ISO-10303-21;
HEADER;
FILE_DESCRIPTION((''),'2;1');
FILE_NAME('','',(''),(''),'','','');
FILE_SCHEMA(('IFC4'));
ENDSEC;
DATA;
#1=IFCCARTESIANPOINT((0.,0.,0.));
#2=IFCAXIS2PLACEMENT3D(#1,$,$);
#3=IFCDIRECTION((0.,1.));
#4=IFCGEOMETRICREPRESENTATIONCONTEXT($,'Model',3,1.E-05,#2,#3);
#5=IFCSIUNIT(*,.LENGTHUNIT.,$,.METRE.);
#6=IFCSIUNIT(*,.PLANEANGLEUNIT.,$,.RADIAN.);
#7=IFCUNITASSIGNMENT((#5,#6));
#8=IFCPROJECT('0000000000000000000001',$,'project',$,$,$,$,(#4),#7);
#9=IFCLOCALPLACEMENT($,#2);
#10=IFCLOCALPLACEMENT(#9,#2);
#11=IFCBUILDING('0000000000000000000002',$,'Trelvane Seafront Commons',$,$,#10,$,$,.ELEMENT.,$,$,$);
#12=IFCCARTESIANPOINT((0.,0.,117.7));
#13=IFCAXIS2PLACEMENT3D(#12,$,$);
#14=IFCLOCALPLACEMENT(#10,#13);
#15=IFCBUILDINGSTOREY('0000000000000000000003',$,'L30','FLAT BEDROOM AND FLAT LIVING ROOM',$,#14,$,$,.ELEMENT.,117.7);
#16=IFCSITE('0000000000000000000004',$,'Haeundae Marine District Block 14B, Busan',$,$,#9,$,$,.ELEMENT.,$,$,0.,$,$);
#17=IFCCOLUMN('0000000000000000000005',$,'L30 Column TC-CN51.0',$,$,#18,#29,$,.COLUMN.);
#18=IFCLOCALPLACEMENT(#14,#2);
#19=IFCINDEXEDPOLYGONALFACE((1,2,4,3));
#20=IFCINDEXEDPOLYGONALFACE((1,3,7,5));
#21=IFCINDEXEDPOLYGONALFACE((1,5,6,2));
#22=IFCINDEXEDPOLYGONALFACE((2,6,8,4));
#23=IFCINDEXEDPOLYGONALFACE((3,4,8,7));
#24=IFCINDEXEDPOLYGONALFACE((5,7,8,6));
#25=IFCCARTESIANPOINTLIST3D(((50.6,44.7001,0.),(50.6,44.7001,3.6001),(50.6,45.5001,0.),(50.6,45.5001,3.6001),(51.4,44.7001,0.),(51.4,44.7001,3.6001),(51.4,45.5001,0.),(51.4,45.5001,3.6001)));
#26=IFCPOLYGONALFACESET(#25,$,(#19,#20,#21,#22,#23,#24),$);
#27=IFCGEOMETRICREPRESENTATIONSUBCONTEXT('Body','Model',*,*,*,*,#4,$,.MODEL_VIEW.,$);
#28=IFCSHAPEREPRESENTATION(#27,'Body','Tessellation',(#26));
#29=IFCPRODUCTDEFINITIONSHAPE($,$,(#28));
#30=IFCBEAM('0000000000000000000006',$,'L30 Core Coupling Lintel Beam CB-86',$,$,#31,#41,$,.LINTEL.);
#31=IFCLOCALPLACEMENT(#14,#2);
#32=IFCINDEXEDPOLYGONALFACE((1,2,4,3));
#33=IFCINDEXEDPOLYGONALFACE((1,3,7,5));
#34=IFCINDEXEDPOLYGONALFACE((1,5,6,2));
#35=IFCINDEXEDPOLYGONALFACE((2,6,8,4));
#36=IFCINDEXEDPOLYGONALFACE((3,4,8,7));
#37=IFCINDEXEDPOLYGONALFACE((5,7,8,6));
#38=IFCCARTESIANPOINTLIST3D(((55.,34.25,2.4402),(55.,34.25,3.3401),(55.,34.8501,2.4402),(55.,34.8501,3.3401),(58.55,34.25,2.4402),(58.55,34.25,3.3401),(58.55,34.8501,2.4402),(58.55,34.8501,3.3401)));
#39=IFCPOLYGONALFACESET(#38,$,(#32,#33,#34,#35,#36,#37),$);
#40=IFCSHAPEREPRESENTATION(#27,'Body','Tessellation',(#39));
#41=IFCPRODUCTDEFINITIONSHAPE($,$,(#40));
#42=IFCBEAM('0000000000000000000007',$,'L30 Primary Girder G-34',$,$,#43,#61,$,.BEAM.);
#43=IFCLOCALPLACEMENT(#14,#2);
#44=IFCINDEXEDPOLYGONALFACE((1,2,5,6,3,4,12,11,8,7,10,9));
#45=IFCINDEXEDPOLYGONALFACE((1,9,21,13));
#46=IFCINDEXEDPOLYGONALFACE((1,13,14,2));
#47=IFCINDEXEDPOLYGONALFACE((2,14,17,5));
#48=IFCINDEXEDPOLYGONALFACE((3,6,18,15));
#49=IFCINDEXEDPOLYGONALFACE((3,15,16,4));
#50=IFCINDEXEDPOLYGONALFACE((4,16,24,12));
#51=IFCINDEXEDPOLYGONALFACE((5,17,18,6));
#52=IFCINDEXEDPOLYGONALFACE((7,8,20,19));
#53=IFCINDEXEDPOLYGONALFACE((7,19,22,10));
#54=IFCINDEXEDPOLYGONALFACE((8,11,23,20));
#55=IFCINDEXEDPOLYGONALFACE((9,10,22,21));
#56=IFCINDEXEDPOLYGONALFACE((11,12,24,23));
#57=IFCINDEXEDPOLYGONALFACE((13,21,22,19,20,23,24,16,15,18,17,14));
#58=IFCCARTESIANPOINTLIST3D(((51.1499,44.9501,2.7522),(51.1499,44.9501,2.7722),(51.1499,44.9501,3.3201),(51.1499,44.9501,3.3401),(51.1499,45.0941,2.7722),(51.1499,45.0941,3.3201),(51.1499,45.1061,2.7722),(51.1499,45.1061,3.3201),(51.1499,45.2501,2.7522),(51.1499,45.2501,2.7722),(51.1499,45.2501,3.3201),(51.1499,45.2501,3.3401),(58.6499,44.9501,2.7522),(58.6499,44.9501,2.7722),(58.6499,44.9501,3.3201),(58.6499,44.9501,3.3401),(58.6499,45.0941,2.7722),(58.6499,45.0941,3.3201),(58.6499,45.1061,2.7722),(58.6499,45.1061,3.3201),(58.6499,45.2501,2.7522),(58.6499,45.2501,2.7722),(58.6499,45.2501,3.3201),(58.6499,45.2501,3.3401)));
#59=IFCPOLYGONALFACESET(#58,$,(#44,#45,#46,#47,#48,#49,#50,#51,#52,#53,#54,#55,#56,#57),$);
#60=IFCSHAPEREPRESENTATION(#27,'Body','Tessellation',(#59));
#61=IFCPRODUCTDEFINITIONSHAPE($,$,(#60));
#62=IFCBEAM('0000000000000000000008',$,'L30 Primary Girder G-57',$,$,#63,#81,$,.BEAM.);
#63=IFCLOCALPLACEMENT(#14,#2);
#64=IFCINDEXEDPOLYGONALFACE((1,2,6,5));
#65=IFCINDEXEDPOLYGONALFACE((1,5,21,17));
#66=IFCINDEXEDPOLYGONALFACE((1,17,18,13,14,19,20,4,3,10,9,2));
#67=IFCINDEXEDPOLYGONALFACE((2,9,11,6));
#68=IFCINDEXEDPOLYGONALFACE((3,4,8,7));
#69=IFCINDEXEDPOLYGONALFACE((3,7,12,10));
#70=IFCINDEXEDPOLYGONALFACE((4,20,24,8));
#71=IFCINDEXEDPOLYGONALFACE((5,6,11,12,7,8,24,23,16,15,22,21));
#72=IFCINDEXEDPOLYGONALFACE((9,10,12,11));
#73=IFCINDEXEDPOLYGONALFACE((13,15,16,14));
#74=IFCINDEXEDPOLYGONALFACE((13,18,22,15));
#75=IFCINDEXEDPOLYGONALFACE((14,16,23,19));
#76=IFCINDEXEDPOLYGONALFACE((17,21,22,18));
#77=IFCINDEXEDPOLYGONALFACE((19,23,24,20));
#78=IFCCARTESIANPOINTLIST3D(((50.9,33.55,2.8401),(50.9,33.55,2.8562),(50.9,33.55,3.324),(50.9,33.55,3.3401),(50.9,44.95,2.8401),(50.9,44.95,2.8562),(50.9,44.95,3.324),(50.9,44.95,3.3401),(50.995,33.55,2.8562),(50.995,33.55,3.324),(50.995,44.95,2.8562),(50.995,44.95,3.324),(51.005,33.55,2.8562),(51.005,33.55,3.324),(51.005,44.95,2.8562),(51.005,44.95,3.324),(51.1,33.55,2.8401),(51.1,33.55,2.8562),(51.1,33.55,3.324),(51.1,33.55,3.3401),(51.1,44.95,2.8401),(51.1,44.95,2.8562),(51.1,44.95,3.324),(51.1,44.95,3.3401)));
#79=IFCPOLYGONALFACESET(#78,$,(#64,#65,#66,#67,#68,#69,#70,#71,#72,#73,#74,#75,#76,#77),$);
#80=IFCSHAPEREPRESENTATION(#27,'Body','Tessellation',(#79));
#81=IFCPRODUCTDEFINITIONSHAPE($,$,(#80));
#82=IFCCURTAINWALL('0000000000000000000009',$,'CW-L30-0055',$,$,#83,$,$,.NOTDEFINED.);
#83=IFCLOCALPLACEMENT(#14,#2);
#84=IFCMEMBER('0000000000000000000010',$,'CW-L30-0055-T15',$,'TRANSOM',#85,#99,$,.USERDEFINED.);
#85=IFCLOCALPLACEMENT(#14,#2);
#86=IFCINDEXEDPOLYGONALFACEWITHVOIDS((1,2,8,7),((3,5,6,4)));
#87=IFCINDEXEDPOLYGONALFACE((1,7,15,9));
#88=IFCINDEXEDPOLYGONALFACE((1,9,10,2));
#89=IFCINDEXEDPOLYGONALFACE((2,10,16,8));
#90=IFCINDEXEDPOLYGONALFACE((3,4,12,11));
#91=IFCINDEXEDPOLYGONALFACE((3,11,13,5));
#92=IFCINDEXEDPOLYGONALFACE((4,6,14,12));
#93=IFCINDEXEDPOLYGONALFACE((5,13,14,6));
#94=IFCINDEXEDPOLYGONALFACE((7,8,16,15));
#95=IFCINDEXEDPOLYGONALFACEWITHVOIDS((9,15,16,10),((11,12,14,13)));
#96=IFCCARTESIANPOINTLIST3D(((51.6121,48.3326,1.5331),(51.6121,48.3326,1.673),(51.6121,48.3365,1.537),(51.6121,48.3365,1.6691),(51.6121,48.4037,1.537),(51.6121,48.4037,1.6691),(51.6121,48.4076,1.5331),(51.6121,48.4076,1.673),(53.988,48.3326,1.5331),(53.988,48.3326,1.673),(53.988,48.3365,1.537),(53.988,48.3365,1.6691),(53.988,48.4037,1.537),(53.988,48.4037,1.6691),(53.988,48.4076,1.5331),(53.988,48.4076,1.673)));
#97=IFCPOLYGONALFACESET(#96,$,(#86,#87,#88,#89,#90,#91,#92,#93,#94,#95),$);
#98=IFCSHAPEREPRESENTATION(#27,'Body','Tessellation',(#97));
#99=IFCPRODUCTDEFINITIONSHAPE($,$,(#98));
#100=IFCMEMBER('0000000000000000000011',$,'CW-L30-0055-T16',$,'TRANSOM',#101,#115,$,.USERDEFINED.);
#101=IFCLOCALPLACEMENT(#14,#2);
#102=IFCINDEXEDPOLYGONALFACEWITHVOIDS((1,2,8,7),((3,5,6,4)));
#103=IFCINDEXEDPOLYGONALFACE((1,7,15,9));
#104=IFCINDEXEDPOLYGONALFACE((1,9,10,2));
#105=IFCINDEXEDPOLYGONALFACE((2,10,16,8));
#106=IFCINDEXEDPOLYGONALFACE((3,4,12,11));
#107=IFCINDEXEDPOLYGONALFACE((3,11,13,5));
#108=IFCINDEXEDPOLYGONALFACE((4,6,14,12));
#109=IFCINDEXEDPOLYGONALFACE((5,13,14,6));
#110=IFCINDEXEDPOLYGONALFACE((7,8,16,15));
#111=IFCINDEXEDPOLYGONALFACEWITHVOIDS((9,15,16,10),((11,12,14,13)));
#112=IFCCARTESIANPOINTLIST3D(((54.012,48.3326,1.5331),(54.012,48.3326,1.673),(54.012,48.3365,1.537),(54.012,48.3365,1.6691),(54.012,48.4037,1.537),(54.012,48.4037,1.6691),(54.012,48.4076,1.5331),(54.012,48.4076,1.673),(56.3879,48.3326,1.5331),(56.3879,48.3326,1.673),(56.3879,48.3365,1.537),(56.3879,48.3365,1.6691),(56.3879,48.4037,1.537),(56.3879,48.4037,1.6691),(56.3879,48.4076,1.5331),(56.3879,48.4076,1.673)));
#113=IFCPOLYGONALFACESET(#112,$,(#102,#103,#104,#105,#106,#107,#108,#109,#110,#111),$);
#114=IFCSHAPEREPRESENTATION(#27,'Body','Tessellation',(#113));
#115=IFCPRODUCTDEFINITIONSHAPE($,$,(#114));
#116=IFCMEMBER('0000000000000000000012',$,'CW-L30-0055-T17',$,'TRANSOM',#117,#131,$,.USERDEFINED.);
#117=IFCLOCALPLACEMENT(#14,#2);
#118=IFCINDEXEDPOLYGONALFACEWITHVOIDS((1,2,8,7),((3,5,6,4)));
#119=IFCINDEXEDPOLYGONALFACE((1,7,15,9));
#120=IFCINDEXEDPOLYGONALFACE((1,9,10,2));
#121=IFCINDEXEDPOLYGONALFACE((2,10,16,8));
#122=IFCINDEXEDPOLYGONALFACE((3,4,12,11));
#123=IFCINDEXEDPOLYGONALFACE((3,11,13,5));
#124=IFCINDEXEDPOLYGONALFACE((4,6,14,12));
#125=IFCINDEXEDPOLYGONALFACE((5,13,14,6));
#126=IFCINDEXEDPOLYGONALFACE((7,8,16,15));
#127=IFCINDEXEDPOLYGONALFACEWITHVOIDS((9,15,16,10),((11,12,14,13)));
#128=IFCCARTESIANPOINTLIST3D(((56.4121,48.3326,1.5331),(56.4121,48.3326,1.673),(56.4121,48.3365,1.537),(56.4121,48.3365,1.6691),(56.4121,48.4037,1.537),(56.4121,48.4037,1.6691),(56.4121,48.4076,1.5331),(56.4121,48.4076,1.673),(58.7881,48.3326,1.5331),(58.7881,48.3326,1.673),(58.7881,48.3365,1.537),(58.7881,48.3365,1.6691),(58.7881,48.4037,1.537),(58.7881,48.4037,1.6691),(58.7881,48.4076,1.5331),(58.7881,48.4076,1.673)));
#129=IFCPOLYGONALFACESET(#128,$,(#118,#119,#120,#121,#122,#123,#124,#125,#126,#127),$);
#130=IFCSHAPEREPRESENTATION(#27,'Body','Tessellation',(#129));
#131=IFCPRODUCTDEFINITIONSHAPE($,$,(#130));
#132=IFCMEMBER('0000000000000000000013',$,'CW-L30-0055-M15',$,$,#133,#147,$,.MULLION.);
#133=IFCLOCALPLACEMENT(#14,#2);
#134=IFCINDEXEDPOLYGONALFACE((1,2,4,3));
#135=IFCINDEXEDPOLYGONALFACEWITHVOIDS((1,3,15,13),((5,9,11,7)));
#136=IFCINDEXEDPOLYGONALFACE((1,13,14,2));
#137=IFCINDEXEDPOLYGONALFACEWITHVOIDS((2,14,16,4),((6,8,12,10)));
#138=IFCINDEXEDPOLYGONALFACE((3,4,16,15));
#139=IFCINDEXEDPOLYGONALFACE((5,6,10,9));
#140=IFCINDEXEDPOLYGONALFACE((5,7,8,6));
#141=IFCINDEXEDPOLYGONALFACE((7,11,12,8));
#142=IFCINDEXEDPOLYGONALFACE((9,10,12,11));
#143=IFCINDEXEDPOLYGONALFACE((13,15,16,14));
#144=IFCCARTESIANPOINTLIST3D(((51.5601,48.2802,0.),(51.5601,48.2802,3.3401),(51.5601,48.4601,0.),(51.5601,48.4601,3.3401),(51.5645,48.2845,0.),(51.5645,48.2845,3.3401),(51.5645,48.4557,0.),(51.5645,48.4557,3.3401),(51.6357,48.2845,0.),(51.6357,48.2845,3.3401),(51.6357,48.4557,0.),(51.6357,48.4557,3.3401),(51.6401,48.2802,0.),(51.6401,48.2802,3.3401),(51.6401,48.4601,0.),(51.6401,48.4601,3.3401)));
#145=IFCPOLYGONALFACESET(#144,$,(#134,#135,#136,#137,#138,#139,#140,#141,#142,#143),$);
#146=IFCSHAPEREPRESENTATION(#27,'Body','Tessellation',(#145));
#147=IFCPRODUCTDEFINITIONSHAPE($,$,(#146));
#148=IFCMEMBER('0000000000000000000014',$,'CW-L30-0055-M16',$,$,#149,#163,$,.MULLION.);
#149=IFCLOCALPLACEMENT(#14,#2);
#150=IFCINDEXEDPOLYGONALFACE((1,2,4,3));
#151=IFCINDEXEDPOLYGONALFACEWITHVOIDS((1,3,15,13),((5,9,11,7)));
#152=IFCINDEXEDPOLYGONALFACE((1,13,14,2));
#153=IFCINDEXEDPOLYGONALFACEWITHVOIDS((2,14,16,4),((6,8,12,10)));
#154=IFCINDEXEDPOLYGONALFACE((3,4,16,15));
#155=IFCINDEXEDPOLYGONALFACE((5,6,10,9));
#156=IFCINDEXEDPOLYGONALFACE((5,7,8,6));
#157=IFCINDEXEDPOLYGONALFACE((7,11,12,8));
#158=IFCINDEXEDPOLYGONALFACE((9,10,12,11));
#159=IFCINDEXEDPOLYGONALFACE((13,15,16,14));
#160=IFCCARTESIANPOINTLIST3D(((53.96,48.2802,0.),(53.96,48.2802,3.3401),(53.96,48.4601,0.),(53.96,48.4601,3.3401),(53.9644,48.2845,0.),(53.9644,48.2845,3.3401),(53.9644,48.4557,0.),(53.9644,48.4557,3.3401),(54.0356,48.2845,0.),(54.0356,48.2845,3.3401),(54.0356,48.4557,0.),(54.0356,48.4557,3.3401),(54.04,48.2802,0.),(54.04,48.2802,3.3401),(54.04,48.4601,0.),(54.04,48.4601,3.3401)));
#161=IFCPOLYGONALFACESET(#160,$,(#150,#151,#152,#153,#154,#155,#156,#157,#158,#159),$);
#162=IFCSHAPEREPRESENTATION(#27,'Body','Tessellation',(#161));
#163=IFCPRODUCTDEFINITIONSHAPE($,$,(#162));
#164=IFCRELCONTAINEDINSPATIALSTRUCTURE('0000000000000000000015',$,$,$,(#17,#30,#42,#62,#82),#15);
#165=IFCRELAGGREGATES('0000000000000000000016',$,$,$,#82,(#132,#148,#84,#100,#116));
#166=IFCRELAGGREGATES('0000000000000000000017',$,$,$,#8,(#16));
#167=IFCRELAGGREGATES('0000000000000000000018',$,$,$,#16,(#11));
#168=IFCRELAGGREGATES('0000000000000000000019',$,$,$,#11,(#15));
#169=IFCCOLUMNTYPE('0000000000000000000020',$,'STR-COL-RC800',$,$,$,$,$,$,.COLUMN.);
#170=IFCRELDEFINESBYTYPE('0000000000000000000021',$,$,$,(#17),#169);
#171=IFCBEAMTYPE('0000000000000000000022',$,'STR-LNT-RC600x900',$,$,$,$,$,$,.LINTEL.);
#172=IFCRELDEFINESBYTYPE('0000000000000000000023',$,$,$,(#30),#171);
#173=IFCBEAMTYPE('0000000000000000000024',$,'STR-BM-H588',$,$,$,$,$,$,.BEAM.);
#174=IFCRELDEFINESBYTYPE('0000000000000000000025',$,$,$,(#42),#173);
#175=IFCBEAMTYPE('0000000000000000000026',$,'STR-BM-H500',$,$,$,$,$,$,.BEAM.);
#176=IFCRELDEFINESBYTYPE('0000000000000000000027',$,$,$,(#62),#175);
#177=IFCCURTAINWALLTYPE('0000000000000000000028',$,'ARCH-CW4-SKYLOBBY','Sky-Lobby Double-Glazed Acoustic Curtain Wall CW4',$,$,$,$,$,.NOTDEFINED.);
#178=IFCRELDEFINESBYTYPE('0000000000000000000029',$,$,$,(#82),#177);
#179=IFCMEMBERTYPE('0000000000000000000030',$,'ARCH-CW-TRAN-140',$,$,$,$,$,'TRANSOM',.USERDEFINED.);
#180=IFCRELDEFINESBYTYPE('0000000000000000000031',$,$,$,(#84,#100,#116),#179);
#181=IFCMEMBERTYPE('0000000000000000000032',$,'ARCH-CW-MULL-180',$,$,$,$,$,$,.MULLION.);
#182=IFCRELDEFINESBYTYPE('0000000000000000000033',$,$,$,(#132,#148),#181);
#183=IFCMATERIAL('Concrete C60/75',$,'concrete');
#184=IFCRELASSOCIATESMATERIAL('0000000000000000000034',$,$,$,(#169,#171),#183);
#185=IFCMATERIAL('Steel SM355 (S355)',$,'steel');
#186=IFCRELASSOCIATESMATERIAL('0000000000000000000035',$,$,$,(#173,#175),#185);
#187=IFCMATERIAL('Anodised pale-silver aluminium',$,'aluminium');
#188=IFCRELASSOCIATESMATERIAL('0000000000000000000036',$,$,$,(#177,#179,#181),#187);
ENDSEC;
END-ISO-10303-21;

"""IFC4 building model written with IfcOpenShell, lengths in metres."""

from ifc_helpers import new_model, si_unit, direction, frame, origin, origin_2d, place, context, subcontext, project, spatial, rectangle, hollow_rectangle, i_section, extrude, source, transform, mapped, material, material_profile, profile_set, type_object, element, aggregate, save


model = new_model("IFC4")

# Units and contexts
model_context = context("Model", 3, precision=1e-05, world=origin(), true_north=direction((0.0, 1.0)))
body_context = subcontext(model_context, "Body", "Model", "MODEL_VIEW")
ifc_project = project(units=[si_unit("LENGTHUNIT", "METRE"), si_unit("PLANEANGLEUNIT", "RADIAN")], contexts=[model_context])

# Site, building, storey
site_placement = place(None, origin())
site = spatial("IfcSite", under=ifc_project, at=site_placement, Name="Haeundae Marine District Block 14B, Busan", CompositionType="ELEMENT", RefElevation=0.0)
building_placement = place(site_placement, origin())
building = spatial("IfcBuilding", under=site, at=building_placement, Name="Trelvane Seafront Commons", CompositionType="ELEMENT")
storey_placement = place(building_placement, frame((0.0, 0.0, 117.7)))
storey = spatial("IfcBuildingStorey", under=building, at=storey_placement, Name="L30", Description="FLAT BEDROOM AND FLAT LIVING ROOM", CompositionType="ELEMENT", Elevation=117.7)

# Column
ifc_material_1 = material(Name="Concrete C60/75", Category="concrete")
ifc_material_profile_1 = material_profile(ifc_material_1, rectangle(XDim=0.8, YDim=0.8, at=origin_2d()), Name="RC-800x800")
ifc_profile_set_1 = profile_set([ifc_material_profile_1], Name="Concrete C60/75")
column_type = type_object("IfcColumnType", Name="STR-COL-RC800", PredefinedType="COLUMN", material=ifc_profile_set_1)
shared_shape_1 = source(origin(), body_context, "Body", "SweptSolid", [
    extrude(rectangle(XDim=0.8, YDim=0.8, at=origin_2d()), origin(), (0.0, 0.0, 1.0), 3.6001),
])
column_placement = place(storey_placement, frame((51.0, 45.1001, 0.0), z_axis=(0.0, 0.0, 1.0), x_axis=(1.0, 0.0, 0.0)))
element("IfcColumn", 1, at=column_placement, inside=storey, type_object=column_type, Name="L30 Column TC-CN51.0", PredefinedType="COLUMN", context=body_context, shape_type="MappedRepresentation", body=[
    mapped(shared_shape_1, transform((0.0, 0.0, 0.0), x_axis=(1.0, 0.0, 0.0), y_axis=(0.0, 1.0, 0.0), z_axis=(0.0, 0.0, 1.0), scale=1.0)),
])

# Beams
ifc_material_profile_2 = material_profile(ifc_material_1, rectangle(XDim=0.6001, YDim=0.8999, at=origin_2d()), Name="RC-600x900")
ifc_profile_set_2 = profile_set([ifc_material_profile_2], Name="Concrete C60/75")
beam_type_1 = type_object("IfcBeamType", Name="STR-LNT-RC600x900", PredefinedType="LINTEL", material=ifc_profile_set_2)
shared_shape_2 = source(origin(), body_context, "Body", "SweptSolid", [
    extrude(rectangle(XDim=0.6001, YDim=0.8999, at=origin_2d()), origin(), (0.0, 0.0, 1.0), 3.55),
])
beam_1_placement = place(storey_placement, frame((55.0, 34.55, 2.8901), z_axis=(1.0, 0.0, 0.0), x_axis=(0.0, 1.0, 0.0)))
element("IfcBeam", 2, at=beam_1_placement, inside=storey, type_object=beam_type_1, Name="L30 Core Coupling Lintel Beam CB-86", PredefinedType="LINTEL", context=body_context, shape_type="MappedRepresentation", body=[
    mapped(shared_shape_2, transform((0.0, 0.0, 0.0), x_axis=(1.0, 0.0, 0.0), y_axis=(0.0, 1.0, 0.0), z_axis=(0.0, 0.0, 1.0), scale=1.0)),
])
ifc_material_2 = material(Name="Steel SM355 (S355)", Category="steel")
ifc_material_profile_3 = material_profile(ifc_material_2, i_section(OverallWidth=0.3, OverallDepth=0.5879, WebThickness=0.012, FlangeThickness=0.02, at=origin_2d()), Name="H-588x300x12x20")
ifc_profile_set_3 = profile_set([ifc_material_profile_3], Name="Steel SM355 (S355)")
beam_type_2 = type_object("IfcBeamType", Name="STR-BM-H588", PredefinedType="BEAM", material=ifc_profile_set_3)
shared_shape_3 = source(origin(), body_context, "Body", "SweptSolid", [
    extrude(i_section(OverallWidth=0.3, OverallDepth=0.5879, WebThickness=0.012, FlangeThickness=0.02, at=origin_2d()), origin(), (0.0, 0.0, 1.0), 7.5),
])
beam_2_placement = place(storey_placement, frame((51.1499, 45.1001, 3.0461), z_axis=(1.0, 0.0, 0.0), x_axis=(0.0, 1.0, 0.0)))
element("IfcBeam", 3, at=beam_2_placement, inside=storey, type_object=beam_type_2, Name="L30 Primary Girder G-34", PredefinedType="BEAM", context=body_context, shape_type="MappedRepresentation", body=[
    mapped(shared_shape_3, transform((0.0, 0.0, 0.0), x_axis=(1.0, 0.0, 0.0), y_axis=(0.0, 1.0, 0.0), z_axis=(0.0, 0.0, 1.0), scale=1.0)),
])
ifc_material_profile_4 = material_profile(ifc_material_2, i_section(OverallWidth=0.2, OverallDepth=0.5, WebThickness=0.01, FlangeThickness=0.0161, at=origin_2d()), Name="H-500x200x10x16")
ifc_profile_set_4 = profile_set([ifc_material_profile_4], Name="Steel SM355 (S355)")
beam_type_3 = type_object("IfcBeamType", Name="STR-BM-H500", PredefinedType="BEAM", material=ifc_profile_set_4)
shared_shape_4 = source(origin(), body_context, "Body", "SweptSolid", [
    extrude(i_section(OverallWidth=0.2, OverallDepth=0.5, WebThickness=0.01, FlangeThickness=0.0161, at=origin_2d()), origin(), (0.0, 0.0, 1.0), 11.3999),
])
beam_3_placement = place(storey_placement, frame((51.0, 33.55, 3.0901), z_axis=(0.0, 1.0, 0.0), x_axis=(-1.0, 0.0, 0.0)))
element("IfcBeam", 4, at=beam_3_placement, inside=storey, type_object=beam_type_3, Name="L30 Primary Girder G-57", PredefinedType="BEAM", context=body_context, shape_type="MappedRepresentation", body=[
    mapped(shared_shape_4, transform((0.0, 0.0, 0.0), x_axis=(1.0, 0.0, 0.0), y_axis=(0.0, 1.0, 0.0), z_axis=(0.0, 0.0, 1.0), scale=1.0)),
])

# Curtain wall, members
ifc_material_3 = material(Name="Anodised pale-silver aluminium", Category="aluminium")
curtain_wall_type = type_object("IfcCurtainWallType", Name="ARCH-CW4-SKYLOBBY", Description="Sky-Lobby Double-Glazed Acoustic Curtain Wall CW4", PredefinedType="NOTDEFINED", material=ifc_material_3)
curtain_wall_placement = place(storey_placement, origin())
curtain_wall = element("IfcCurtainWall", 5, at=curtain_wall_placement, inside=storey, type_object=curtain_wall_type, Name="CW-L30-0055", PredefinedType="NOTDEFINED")
ifc_material_profile_5 = material_profile(ifc_material_3, hollow_rectangle(XDim=0.075, YDim=0.1399, WallThickness=0.0039, at=origin_2d()), Name="TRAN-75x140x4")
ifc_profile_set_5 = profile_set([ifc_material_profile_5], Name="Anodised pale-silver aluminium")
member_type_1 = type_object("IfcMemberType", Name="ARCH-CW-TRAN-140", ElementType="TRANSOM", PredefinedType="USERDEFINED", material=ifc_profile_set_5)
shared_shape_5 = source(origin(), body_context, "Body", "SweptSolid", [
    extrude(hollow_rectangle(XDim=0.075, YDim=0.1399, WallThickness=0.0039, at=origin_2d()), origin(), (0.0, 0.0, 1.0), 2.376),
])
member_1_placement = place(storey_placement, frame((51.6121, 48.3701, 1.603), z_axis=(1.0, 0.0, 0.0), x_axis=(0.0, 1.0, 0.0)))
member_1 = element("IfcMember", 6, at=member_1_placement, type_object=member_type_1, Name="CW-L30-0055-T15", ObjectType="TRANSOM", PredefinedType="USERDEFINED", context=body_context, shape_type="MappedRepresentation", body=[
    mapped(shared_shape_5, transform((0.0, 0.0, 0.0), x_axis=(1.0, 0.0, 0.0), y_axis=(0.0, 1.0, 0.0), z_axis=(0.0, 0.0, 1.0), scale=1.0)),
])
member_2_placement = place(storey_placement, frame((54.012, 48.3701, 1.603), z_axis=(1.0, 0.0, 0.0), x_axis=(0.0, 1.0, 0.0)))
member_2 = element("IfcMember", 7, at=member_2_placement, type_object=member_type_1, Name="CW-L30-0055-T16", ObjectType="TRANSOM", PredefinedType="USERDEFINED", context=body_context, shape_type="MappedRepresentation", body=[
    mapped(shared_shape_5, transform((0.0, 0.0, 0.0), x_axis=(1.0, 0.0, 0.0), y_axis=(0.0, 1.0, 0.0), z_axis=(0.0, 0.0, 1.0), scale=1.0)),
])
member_3_placement = place(storey_placement, frame((56.4121, 48.3701, 1.603), z_axis=(1.0, 0.0, 0.0), x_axis=(0.0, 1.0, 0.0)))
member_3 = element("IfcMember", 8, at=member_3_placement, type_object=member_type_1, Name="CW-L30-0055-T17", ObjectType="TRANSOM", PredefinedType="USERDEFINED", context=body_context, shape_type="MappedRepresentation", body=[
    mapped(shared_shape_5, transform((0.0, 0.0, 0.0), x_axis=(1.0, 0.0, 0.0), y_axis=(0.0, 1.0, 0.0), z_axis=(0.0, 0.0, 1.0), scale=1.0)),
])
ifc_material_profile_6 = material_profile(ifc_material_3, hollow_rectangle(XDim=0.0801, YDim=0.1799, WallThickness=0.0044, at=origin_2d()), Name="MULL-80x180x4.5")
ifc_profile_set_6 = profile_set([ifc_material_profile_6], Name="Anodised pale-silver aluminium")
member_type_2 = type_object("IfcMemberType", Name="ARCH-CW-MULL-180", PredefinedType="MULLION", material=ifc_profile_set_6)
shared_shape_6 = source(origin(), body_context, "Body", "SweptSolid", [
    extrude(hollow_rectangle(XDim=0.0801, YDim=0.1799, WallThickness=0.0044, at=origin_2d()), origin(), (0.0, 0.0, 1.0), 3.3401),
])
member_4_placement = place(storey_placement, frame((51.6001, 48.3701, 0.0), z_axis=(0.0, 0.0, 1.0), x_axis=(1.0, 0.0, 0.0)))
member_4 = element("IfcMember", 9, at=member_4_placement, type_object=member_type_2, Name="CW-L30-0055-M15", PredefinedType="MULLION", context=body_context, shape_type="MappedRepresentation", body=[
    mapped(shared_shape_6, transform((0.0, 0.0, 0.0), x_axis=(1.0, 0.0, 0.0), y_axis=(0.0, 1.0, 0.0), z_axis=(0.0, 0.0, 1.0), scale=1.0)),
])
member_5_placement = place(storey_placement, frame((54.0, 48.3701, 0.0), z_axis=(0.0, 0.0, 1.0), x_axis=(1.0, 0.0, 0.0)))
member_5 = element("IfcMember", 10, at=member_5_placement, type_object=member_type_2, Name="CW-L30-0055-M16", PredefinedType="MULLION", context=body_context, shape_type="MappedRepresentation", body=[
    mapped(shared_shape_6, transform((0.0, 0.0, 0.0), x_axis=(1.0, 0.0, 0.0), y_axis=(0.0, 1.0, 0.0), z_axis=(0.0, 0.0, 1.0), scale=1.0)),
])

aggregate(curtain_wall, [member_4, member_5, member_1, member_2, member_3])

save(model, "model.ifc")
